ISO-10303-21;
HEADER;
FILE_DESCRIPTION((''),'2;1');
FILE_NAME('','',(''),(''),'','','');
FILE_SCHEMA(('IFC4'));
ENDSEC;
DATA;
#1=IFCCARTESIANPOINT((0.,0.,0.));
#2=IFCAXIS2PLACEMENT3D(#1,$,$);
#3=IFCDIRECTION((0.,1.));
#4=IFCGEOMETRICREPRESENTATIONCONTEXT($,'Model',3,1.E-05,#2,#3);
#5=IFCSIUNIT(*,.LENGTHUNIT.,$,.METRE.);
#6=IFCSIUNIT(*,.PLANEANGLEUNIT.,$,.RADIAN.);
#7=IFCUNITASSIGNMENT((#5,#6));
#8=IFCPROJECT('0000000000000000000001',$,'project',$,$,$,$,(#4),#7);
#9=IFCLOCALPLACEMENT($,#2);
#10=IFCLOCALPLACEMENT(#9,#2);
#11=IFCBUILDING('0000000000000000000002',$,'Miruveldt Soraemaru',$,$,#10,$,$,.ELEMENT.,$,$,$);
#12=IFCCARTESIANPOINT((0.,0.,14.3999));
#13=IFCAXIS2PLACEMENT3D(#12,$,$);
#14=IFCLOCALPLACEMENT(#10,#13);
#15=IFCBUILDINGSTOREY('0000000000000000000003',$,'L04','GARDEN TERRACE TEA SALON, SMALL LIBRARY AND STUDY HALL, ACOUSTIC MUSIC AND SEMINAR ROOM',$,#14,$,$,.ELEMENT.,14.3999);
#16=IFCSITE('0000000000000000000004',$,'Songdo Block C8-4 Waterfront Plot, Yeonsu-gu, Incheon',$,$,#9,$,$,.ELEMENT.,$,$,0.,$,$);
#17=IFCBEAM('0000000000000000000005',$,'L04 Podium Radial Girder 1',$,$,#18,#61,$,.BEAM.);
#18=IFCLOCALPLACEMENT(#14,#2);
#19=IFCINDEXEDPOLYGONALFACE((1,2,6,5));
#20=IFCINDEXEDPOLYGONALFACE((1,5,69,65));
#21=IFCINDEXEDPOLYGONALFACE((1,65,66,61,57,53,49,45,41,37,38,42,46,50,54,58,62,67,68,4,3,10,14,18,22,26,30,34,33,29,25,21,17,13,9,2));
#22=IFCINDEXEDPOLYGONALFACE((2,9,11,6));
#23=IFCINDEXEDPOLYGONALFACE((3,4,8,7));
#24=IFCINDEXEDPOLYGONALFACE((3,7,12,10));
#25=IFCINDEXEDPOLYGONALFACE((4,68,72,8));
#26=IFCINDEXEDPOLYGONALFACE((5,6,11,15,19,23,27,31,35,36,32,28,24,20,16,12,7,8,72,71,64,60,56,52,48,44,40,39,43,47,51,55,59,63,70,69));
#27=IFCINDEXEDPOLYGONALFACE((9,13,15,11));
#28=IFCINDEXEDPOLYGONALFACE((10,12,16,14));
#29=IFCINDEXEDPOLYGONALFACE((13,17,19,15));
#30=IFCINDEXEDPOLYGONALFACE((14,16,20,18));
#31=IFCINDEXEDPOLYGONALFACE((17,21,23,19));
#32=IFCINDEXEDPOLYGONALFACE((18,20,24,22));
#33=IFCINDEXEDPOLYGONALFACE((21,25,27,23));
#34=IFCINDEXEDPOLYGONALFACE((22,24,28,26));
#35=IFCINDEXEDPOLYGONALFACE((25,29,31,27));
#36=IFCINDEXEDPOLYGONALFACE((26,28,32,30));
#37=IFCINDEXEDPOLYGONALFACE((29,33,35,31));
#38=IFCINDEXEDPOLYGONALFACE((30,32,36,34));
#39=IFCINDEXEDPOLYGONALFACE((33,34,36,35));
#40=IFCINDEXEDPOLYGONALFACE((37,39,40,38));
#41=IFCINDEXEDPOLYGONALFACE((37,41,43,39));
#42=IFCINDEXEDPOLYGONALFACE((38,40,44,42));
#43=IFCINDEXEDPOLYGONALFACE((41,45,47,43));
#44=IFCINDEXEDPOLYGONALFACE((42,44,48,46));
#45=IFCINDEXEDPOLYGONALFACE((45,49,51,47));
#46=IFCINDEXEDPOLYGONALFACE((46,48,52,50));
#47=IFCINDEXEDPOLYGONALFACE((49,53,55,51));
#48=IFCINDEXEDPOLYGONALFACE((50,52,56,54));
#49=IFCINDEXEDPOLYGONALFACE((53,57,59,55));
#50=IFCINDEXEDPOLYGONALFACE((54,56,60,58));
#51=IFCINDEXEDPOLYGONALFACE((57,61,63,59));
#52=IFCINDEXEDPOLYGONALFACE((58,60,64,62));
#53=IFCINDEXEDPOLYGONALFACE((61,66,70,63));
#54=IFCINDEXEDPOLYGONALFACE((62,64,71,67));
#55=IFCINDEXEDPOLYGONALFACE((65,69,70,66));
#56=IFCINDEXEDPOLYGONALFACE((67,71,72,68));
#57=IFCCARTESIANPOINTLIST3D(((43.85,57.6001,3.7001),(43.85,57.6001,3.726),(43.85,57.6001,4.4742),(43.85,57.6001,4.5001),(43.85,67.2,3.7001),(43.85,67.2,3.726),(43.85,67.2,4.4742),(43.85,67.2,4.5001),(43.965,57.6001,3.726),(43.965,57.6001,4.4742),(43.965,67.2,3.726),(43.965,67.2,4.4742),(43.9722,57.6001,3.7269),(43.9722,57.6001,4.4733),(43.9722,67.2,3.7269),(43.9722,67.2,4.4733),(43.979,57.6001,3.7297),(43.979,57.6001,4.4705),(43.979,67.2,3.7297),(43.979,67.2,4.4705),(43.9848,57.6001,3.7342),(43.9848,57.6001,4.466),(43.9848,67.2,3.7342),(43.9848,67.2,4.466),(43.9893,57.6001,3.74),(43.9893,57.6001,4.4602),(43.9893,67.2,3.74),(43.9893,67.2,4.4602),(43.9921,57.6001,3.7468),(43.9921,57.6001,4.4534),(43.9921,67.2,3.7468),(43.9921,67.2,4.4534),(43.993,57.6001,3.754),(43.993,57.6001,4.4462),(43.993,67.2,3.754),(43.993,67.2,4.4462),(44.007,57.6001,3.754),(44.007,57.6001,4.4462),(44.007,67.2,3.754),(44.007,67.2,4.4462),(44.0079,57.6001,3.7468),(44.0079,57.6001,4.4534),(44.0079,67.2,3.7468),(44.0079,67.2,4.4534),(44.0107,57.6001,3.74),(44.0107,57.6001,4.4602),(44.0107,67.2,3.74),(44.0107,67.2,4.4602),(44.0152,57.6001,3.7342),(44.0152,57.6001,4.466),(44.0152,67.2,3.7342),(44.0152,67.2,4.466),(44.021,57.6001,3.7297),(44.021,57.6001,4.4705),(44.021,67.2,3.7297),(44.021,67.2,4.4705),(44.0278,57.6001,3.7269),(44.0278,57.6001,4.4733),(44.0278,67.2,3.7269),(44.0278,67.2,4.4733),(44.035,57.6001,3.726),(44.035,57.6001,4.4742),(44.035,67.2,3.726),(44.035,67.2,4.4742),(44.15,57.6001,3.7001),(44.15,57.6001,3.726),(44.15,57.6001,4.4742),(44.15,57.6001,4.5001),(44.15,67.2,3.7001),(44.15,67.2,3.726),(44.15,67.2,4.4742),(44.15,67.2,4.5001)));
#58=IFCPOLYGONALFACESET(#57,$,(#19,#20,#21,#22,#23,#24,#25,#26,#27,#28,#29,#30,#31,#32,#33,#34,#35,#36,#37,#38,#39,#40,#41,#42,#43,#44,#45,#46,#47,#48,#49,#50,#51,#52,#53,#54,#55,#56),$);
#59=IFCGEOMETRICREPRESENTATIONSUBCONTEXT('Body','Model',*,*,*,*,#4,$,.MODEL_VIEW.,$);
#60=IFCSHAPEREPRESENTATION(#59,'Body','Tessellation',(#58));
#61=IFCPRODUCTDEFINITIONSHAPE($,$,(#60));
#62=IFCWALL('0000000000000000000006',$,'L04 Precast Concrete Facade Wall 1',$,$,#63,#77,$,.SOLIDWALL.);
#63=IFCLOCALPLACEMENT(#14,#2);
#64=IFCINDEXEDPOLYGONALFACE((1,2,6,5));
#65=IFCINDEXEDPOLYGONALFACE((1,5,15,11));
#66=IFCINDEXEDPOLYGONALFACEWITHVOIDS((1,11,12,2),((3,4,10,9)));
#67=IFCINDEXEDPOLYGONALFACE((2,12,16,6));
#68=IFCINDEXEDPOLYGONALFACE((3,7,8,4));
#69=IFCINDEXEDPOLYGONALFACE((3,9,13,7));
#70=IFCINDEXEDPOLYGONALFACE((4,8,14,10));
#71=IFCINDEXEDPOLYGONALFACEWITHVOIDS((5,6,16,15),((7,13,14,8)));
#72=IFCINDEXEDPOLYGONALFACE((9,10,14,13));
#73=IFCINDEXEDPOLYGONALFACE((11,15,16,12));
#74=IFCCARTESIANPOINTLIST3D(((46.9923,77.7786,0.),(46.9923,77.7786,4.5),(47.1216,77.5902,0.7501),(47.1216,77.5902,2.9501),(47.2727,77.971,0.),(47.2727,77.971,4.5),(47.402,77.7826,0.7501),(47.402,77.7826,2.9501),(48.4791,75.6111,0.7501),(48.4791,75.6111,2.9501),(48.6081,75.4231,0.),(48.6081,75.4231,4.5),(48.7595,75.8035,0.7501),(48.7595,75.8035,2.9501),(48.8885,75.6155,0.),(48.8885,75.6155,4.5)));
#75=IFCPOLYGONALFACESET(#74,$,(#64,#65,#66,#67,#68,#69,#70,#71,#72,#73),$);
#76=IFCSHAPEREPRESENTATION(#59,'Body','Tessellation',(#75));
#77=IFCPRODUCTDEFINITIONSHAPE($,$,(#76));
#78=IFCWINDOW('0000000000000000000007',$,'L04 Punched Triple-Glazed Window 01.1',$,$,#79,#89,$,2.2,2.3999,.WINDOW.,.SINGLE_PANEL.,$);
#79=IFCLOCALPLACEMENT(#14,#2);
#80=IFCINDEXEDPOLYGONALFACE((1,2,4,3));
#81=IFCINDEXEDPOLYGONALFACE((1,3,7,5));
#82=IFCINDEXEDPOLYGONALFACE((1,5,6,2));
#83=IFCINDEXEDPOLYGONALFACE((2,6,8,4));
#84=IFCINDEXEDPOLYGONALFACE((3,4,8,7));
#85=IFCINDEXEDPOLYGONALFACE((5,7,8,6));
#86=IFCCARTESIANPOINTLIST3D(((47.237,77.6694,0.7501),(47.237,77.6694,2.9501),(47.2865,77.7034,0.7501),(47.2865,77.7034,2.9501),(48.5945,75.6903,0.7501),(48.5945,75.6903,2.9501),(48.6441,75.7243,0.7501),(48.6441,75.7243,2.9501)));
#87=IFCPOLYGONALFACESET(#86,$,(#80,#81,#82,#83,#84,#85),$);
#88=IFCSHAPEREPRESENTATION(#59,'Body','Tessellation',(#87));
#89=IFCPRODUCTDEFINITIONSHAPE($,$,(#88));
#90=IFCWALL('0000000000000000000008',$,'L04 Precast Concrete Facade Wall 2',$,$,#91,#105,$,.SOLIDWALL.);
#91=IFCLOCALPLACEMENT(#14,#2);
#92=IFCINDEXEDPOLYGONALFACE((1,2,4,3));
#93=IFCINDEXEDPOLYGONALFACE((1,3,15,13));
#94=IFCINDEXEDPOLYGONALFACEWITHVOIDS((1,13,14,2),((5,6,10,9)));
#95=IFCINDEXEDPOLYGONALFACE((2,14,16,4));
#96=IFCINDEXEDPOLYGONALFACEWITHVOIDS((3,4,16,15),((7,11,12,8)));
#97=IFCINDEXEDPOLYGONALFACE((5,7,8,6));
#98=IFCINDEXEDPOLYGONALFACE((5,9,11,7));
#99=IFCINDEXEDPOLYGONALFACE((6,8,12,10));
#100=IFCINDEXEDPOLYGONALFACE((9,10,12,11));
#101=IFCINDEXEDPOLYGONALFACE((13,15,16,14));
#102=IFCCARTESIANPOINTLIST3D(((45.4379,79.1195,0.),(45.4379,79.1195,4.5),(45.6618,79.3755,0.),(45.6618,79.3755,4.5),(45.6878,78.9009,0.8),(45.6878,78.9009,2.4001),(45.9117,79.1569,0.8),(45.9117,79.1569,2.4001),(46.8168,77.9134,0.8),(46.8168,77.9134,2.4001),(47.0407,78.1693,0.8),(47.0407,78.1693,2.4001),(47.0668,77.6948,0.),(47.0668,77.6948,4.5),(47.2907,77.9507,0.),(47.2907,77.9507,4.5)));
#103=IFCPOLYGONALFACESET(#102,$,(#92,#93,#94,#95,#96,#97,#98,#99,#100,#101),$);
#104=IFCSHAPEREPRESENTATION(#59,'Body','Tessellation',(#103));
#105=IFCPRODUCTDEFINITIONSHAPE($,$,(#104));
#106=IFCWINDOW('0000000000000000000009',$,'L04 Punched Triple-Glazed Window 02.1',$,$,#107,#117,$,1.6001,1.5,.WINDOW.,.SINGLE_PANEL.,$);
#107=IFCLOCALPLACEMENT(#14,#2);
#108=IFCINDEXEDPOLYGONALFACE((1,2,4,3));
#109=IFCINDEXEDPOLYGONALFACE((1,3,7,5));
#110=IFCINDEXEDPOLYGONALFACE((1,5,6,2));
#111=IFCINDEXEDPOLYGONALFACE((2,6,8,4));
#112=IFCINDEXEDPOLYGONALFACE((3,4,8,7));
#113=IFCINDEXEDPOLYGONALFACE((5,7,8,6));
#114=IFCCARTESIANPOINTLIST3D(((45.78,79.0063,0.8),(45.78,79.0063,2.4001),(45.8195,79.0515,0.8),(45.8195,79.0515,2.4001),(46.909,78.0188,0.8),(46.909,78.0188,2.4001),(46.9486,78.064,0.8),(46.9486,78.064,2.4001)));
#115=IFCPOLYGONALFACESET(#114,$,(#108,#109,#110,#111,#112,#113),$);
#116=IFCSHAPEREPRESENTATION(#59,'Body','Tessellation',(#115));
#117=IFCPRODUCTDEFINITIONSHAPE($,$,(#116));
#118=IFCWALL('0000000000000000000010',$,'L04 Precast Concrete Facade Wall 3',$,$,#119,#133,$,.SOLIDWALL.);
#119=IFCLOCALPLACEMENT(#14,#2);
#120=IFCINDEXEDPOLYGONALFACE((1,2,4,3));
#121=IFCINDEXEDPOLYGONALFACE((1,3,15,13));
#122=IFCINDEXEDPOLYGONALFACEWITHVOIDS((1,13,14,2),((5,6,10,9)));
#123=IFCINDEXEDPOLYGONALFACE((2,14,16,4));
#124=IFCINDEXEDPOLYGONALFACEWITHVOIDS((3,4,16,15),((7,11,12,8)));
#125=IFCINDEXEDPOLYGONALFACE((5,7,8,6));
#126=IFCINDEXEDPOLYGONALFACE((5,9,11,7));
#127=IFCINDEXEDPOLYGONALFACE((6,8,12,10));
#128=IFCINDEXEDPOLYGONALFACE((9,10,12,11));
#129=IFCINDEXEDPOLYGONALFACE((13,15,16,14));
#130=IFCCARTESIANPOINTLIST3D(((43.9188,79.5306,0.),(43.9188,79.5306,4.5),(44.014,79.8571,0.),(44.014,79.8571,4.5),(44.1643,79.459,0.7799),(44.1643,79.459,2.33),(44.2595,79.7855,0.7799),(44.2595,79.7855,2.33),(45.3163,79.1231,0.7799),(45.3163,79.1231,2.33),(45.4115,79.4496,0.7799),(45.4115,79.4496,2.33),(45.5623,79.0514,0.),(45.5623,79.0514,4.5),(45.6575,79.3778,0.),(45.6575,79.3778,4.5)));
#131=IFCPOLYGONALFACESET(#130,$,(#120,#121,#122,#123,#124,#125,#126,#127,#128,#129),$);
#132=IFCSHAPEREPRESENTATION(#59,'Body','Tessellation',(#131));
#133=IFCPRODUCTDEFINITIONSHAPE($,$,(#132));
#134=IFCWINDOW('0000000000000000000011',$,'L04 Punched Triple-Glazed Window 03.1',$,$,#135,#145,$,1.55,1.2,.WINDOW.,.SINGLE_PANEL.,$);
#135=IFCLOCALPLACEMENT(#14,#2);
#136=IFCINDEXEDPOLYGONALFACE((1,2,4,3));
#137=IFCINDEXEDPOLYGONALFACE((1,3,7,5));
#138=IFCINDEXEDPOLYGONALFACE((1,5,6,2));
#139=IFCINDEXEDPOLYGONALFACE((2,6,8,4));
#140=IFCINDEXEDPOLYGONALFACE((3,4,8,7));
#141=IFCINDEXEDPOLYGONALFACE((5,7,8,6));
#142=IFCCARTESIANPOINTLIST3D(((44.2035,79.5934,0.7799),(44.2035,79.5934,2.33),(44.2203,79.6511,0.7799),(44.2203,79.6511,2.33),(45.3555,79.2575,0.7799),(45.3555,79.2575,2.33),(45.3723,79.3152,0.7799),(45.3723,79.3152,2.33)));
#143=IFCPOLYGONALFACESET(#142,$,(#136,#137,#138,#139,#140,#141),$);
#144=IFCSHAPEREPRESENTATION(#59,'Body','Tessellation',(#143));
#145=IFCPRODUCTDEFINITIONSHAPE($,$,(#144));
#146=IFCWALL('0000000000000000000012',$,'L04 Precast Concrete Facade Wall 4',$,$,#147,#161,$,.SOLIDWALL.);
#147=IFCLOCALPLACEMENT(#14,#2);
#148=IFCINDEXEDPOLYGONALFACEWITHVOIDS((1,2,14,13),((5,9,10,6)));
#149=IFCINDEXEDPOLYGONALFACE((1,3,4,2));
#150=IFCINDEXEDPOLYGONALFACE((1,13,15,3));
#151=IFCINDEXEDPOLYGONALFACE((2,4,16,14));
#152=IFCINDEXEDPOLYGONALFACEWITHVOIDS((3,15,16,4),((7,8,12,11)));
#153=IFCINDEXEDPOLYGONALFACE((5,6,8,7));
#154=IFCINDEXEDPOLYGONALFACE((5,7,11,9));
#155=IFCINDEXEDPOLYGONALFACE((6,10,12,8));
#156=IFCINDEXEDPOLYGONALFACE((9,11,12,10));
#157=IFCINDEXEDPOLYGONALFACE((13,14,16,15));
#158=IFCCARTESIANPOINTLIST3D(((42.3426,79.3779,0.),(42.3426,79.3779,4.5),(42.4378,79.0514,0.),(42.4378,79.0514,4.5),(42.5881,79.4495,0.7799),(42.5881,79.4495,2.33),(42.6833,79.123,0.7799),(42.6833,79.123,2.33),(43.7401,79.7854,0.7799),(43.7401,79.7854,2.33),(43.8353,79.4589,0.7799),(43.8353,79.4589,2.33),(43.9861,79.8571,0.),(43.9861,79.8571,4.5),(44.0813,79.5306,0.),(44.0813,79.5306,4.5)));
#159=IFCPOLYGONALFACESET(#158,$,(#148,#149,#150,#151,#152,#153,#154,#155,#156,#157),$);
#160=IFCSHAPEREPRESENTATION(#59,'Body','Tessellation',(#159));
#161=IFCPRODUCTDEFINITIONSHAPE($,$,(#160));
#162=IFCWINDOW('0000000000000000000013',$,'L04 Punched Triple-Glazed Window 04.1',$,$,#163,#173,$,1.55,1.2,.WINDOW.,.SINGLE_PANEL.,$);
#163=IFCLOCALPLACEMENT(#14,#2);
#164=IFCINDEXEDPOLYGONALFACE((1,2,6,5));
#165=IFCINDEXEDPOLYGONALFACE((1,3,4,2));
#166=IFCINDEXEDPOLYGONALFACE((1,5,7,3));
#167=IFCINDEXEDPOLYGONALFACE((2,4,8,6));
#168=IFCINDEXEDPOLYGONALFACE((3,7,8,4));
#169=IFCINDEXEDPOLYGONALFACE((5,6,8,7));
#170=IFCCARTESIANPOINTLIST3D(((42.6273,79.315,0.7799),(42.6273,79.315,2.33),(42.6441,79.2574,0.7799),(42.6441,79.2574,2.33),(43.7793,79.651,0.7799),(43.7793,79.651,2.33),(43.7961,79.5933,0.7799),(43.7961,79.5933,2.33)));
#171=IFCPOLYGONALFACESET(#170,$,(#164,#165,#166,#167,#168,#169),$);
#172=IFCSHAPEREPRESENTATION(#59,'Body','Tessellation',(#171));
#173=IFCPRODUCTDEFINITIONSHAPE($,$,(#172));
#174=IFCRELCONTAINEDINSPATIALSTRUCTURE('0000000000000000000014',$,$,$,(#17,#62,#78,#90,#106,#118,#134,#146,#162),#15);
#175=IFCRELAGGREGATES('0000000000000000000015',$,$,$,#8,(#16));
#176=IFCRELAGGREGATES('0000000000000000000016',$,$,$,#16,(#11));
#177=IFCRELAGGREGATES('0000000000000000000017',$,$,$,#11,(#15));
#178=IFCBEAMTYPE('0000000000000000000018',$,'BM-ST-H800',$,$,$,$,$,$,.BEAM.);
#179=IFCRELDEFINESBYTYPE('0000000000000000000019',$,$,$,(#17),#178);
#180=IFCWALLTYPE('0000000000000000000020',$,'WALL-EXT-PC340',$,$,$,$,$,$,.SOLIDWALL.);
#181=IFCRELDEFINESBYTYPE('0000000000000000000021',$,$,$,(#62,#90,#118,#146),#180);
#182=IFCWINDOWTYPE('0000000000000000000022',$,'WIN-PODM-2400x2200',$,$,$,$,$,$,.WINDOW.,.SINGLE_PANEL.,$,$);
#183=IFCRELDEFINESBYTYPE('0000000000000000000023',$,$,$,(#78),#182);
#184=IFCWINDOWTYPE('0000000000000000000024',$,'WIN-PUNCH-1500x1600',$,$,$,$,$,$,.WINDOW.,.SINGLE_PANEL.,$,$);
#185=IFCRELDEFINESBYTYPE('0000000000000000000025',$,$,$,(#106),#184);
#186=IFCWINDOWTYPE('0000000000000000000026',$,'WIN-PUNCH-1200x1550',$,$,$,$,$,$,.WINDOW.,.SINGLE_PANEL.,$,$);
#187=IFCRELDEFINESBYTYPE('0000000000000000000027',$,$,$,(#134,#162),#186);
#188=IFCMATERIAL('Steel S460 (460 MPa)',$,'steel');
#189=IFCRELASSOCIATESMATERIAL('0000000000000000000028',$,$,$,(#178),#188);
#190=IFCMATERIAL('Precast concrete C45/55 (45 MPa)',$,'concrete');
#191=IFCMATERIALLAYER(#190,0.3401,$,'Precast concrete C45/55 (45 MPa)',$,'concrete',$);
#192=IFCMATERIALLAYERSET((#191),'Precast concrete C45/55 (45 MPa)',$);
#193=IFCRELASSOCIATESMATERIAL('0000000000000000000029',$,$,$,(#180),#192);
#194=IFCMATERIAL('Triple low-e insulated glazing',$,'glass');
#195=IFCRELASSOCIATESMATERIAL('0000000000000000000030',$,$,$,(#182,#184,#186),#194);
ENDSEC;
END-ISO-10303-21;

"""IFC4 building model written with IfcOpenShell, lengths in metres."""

from ifc_helpers import new_model, si_unit, direction, frame, frame_2d, origin, origin_2d, place, context, subcontext, project, spatial, rectangle, i_section, extrude, material, layer, layer_set, material_profile, profile_set, type_object, element, fill, save


model = new_model("IFC4")

# Units and contexts
model_context = context("Model", 3, precision=1e-05, world=origin(), true_north=direction((0.0, 1.0)))
body_context = subcontext(model_context, "Body", "Model", "MODEL_VIEW")
ifc_project = project(units=[si_unit("LENGTHUNIT", "METRE"), si_unit("PLANEANGLEUNIT", "RADIAN")], contexts=[model_context])

# Site, building, storey
site_placement = place(None, origin())
site = spatial("IfcSite", under=ifc_project, at=site_placement, Name="Songdo Block C8-4 Waterfront Plot, Yeonsu-gu, Incheon", CompositionType="ELEMENT", RefElevation=0.0)
building_placement = place(site_placement, origin())
building = spatial("IfcBuilding", under=site, at=building_placement, Name="Miruveldt Soraemaru", CompositionType="ELEMENT")
storey_placement = place(building_placement, frame((0.0, 0.0, 14.3999)))
storey = spatial("IfcBuildingStorey", under=building, at=storey_placement, Name="L04", Description="GARDEN TERRACE TEA SALON, SMALL LIBRARY AND STUDY HALL, ACOUSTIC MUSIC AND SEMINAR ROOM", CompositionType="ELEMENT", Elevation=14.3999)

# Beam
ifc_material_1 = material(Name="Steel S460 (460 MPa)", Category="steel")
ifc_material_profile_1 = material_profile(ifc_material_1, i_section(OverallWidth=0.3, OverallDepth=0.8, WebThickness=0.0139, FlangeThickness=0.0259, FilletRadius=0.0281, at=origin_2d()), Name="Steel S460 (460 MPa)", Category="steel")
ifc_profile_set_1 = profile_set([ifc_material_profile_1], Name="Steel S460 (460 MPa)")
beam_type_1 = type_object("IfcBeamType", Name="BM-ST-H800", PredefinedType="BEAM", material=ifc_profile_set_1)
beam_1_placement = place(storey_placement, frame((44.0, 57.6001, 4.1001), z_axis=(0.0, 1.0, 0.0), x_axis=(-1.0, 0.0, 0.0)))
element("IfcBeam", 1, at=beam_1_placement, inside=storey, type_object=beam_type_1, Name="L04 Podium Radial Girder 1", PredefinedType="BEAM", context=body_context, shape_type="SweptSolid", body=[
    extrude(i_section(OverallWidth=0.3, OverallDepth=0.8, WebThickness=0.0139, FlangeThickness=0.0259, FilletRadius=0.0281, at=origin_2d()), origin(), (0.0, 0.0, 1.0), 9.5999),
])

# Walls, openings, windows
ifc_material_2 = material(Name="Precast concrete C45/55 (45 MPa)", Category="concrete")
ifc_layer_1 = layer(ifc_material_2, 0.3401, Name="Precast concrete C45/55 (45 MPa)", Category="concrete")
ifc_layer_set_1 = layer_set([ifc_layer_1], Name="Precast concrete C45/55 (45 MPa)")
wall_type_1 = type_object("IfcWallType", Name="WALL-EXT-PC340", PredefinedType="SOLIDWALL", material=ifc_layer_set_1)
wall_1_placement = place(storey_placement, frame((48.7483, 75.5193, 0.0), z_axis=(0.0, 0.0, 1.0), x_axis=(-0.565658, 0.82464, 0.0)))
wall_1 = element("IfcWall", 2, at=wall_1_placement, inside=storey, type_object=wall_type_1, Name="L04 Precast Concrete Facade Wall 1", PredefinedType="SOLIDWALL", context=body_context, shape_type="SweptSolid", body=[
    extrude(rectangle(XDim=2.8564, YDim=0.3401, at=frame_2d((1.4282, 0.0))), origin(), (0.0, 0.0, 1.0), 4.5),
])
opening_1_placement = place(wall_1_placement, frame((0.228, 0.0, 0.75)))
opening_1 = element("IfcOpeningElement", 3, at=opening_1_placement, cuts=wall_1, PredefinedType="OPENING", context=body_context, shape_type="SweptSolid", body=[
    extrude(rectangle(XDim=2.3999, YDim=2.2, at=frame_2d((1.2, 1.1001))), frame((0.0, 0.1802, 0.0), z_axis=(0.0, -1.0, 0.0), x_axis=(1.0, 0.0, 0.0)), (0.0, 0.0, 1.0), 0.3601),
])
ifc_material_3 = material(Name="Triple low-e insulated glazing", Category="glass")
window_type_1 = type_object("IfcWindowType", Name="WIN-PODM-2400x2200", PartitioningType="SINGLE_PANEL", PredefinedType="WINDOW", material=ifc_material_3)
window_1_placement = place(opening_1_placement, origin())
window_1 = element("IfcWindow", 4, at=window_1_placement, inside=storey, type_object=window_type_1, Name="L04 Punched Triple-Glazed Window 01.1", OverallHeight=2.2, OverallWidth=2.3999, PartitioningType="SINGLE_PANEL", PredefinedType="WINDOW", context=body_context, shape_type="SweptSolid", body=[
    extrude(rectangle(XDim=2.3999, YDim=2.2, at=frame_2d((1.2, 1.1001))), frame((0.0, 0.03, 0.0), z_axis=(0.0, -1.0, 0.0), x_axis=(1.0, 0.0, 0.0)), (0.0, 0.0, 1.0), 0.0601),
])
fill(opening_1, window_1)
wall_2_placement = place(storey_placement, frame((47.1787, 77.8228, 0.0), z_axis=(0.0, 0.0, 1.0), x_axis=(-0.752688, 0.658377, 0.0)))
wall_2 = element("IfcWall", 5, at=wall_2_placement, inside=storey, type_object=wall_type_1, Name="L04 Precast Concrete Facade Wall 2", PredefinedType="SOLIDWALL", context=body_context, shape_type="SweptSolid", body=[
    extrude(rectangle(XDim=2.1641, YDim=0.3401, at=frame_2d((1.082, 0.0))), origin(), (0.0, 0.0, 1.0), 4.5),
])
opening_2_placement = place(wall_2_placement, frame((0.332, 0.0, 0.8)))
opening_2 = element("IfcOpeningElement", 6, at=opening_2_placement, cuts=wall_2, PredefinedType="OPENING", context=body_context, shape_type="SweptSolid", body=[
    extrude(rectangle(XDim=1.5, YDim=1.6001, at=frame_2d((0.75, 0.8))), frame((0.0, 0.1802, 0.0), z_axis=(0.0, -1.0, 0.0), x_axis=(1.0, 0.0, 0.0)), (0.0, 0.0, 1.0), 0.3601),
])
window_type_2 = type_object("IfcWindowType", Name="WIN-PUNCH-1500x1600", PartitioningType="SINGLE_PANEL", PredefinedType="WINDOW", material=ifc_material_3)
window_2_placement = place(opening_2_placement, origin())
window_2 = element("IfcWindow", 7, at=window_2_placement, inside=storey, type_object=window_type_2, Name="L04 Punched Triple-Glazed Window 02.1", OverallHeight=1.6001, OverallWidth=1.5, PartitioningType="SINGLE_PANEL", PredefinedType="WINDOW", context=body_context, shape_type="SweptSolid", body=[
    extrude(rectangle(XDim=1.5, YDim=1.6001, at=frame_2d((0.75, 0.8))), frame((0.0, 0.03, 0.0), z_axis=(0.0, -1.0, 0.0), x_axis=(1.0, 0.0, 0.0)), (0.0, 0.0, 1.0), 0.0601),
])
fill(opening_2, window_2)
wall_3_placement = place(storey_placement, frame((45.6099, 79.2146, 0.0), z_axis=(0.0, 0.0, 1.0), x_axis=(-0.960019, 0.279934, 0.0)))
wall_3 = element("IfcWall", 8, at=wall_3_placement, inside=storey, type_object=wall_type_1, Name="L04 Precast Concrete Facade Wall 3", PredefinedType="SOLIDWALL", context=body_context, shape_type="SweptSolid", body=[
    extrude(rectangle(XDim=1.7119, YDim=0.3401, at=frame_2d((0.856, 0.0))), origin(), (0.0, 0.0, 1.0), 4.5),
])
opening_3_placement = place(wall_3_placement, frame((0.2561, 0.0, 0.78)))
opening_3 = element("IfcOpeningElement", 9, at=opening_3_placement, cuts=wall_3, PredefinedType="OPENING", context=body_context, shape_type="SweptSolid", body=[
    extrude(rectangle(XDim=1.2, YDim=1.55, at=frame_2d((0.6001, 0.7749))), frame((0.0, 0.1802, 0.0), z_axis=(0.0, -1.0, 0.0), x_axis=(1.0, 0.0, 0.0)), (0.0, 0.0, 1.0), 0.3601),
])
window_type_3 = type_object("IfcWindowType", Name="WIN-PUNCH-1200x1550", PartitioningType="SINGLE_PANEL", PredefinedType="WINDOW", material=ifc_material_3)
window_3_placement = place(opening_3_placement, origin())
window_3 = element("IfcWindow", 10, at=window_3_placement, inside=storey, type_object=window_type_3, Name="L04 Punched Triple-Glazed Window 03.1", OverallHeight=1.55, OverallWidth=1.2, PartitioningType="SINGLE_PANEL", PredefinedType="WINDOW", context=body_context, shape_type="SweptSolid", body=[
    extrude(rectangle(XDim=1.2, YDim=1.55, at=frame_2d((0.6001, 0.7749))), frame((0.0, 0.03, 0.0), z_axis=(0.0, -1.0, 0.0), x_axis=(1.0, 0.0, 0.0)), (0.0, 0.0, 1.0), 0.0601),
])
fill(opening_3, window_3)
wall_4_placement = place(storey_placement, frame((44.0337, 79.6938, 0.0), z_axis=(0.0, 0.0, 1.0), x_axis=(-0.960019, -0.279934, 0.0)))
wall_4 = element("IfcWall", 11, at=wall_4_placement, inside=storey, type_object=wall_type_1, Name="L04 Precast Concrete Facade Wall 4", PredefinedType="SOLIDWALL", context=body_context, shape_type="SweptSolid", body=[
    extrude(rectangle(XDim=1.7119, YDim=0.3401, at=frame_2d((0.856, 0.0))), origin(), (0.0, 0.0, 1.0), 4.5),
])
opening_4_placement = place(wall_4_placement, frame((0.2561, 0.0, 0.78)))
opening_4 = element("IfcOpeningElement", 12, at=opening_4_placement, cuts=wall_4, PredefinedType="OPENING", context=body_context, shape_type="SweptSolid", body=[
    extrude(rectangle(XDim=1.2, YDim=1.55, at=frame_2d((0.6001, 0.7749))), frame((0.0, 0.1802, 0.0), z_axis=(0.0, -1.0, 0.0), x_axis=(1.0, 0.0, 0.0)), (0.0, 0.0, 1.0), 0.3601),
])
window_4_placement = place(opening_4_placement, origin())
window_4 = element("IfcWindow", 13, at=window_4_placement, inside=storey, type_object=window_type_3, Name="L04 Punched Triple-Glazed Window 04.1", OverallHeight=1.55, OverallWidth=1.2, PartitioningType="SINGLE_PANEL", PredefinedType="WINDOW", context=body_context, shape_type="SweptSolid", body=[
    extrude(rectangle(XDim=1.2, YDim=1.55, at=frame_2d((0.6001, 0.7749))), frame((0.0, 0.03, 0.0), z_axis=(0.0, -1.0, 0.0), x_axis=(1.0, 0.0, 0.0)), (0.0, 0.0, 1.0), 0.0601),
])
fill(opening_4, window_4)

save(model, "model.ifc")
